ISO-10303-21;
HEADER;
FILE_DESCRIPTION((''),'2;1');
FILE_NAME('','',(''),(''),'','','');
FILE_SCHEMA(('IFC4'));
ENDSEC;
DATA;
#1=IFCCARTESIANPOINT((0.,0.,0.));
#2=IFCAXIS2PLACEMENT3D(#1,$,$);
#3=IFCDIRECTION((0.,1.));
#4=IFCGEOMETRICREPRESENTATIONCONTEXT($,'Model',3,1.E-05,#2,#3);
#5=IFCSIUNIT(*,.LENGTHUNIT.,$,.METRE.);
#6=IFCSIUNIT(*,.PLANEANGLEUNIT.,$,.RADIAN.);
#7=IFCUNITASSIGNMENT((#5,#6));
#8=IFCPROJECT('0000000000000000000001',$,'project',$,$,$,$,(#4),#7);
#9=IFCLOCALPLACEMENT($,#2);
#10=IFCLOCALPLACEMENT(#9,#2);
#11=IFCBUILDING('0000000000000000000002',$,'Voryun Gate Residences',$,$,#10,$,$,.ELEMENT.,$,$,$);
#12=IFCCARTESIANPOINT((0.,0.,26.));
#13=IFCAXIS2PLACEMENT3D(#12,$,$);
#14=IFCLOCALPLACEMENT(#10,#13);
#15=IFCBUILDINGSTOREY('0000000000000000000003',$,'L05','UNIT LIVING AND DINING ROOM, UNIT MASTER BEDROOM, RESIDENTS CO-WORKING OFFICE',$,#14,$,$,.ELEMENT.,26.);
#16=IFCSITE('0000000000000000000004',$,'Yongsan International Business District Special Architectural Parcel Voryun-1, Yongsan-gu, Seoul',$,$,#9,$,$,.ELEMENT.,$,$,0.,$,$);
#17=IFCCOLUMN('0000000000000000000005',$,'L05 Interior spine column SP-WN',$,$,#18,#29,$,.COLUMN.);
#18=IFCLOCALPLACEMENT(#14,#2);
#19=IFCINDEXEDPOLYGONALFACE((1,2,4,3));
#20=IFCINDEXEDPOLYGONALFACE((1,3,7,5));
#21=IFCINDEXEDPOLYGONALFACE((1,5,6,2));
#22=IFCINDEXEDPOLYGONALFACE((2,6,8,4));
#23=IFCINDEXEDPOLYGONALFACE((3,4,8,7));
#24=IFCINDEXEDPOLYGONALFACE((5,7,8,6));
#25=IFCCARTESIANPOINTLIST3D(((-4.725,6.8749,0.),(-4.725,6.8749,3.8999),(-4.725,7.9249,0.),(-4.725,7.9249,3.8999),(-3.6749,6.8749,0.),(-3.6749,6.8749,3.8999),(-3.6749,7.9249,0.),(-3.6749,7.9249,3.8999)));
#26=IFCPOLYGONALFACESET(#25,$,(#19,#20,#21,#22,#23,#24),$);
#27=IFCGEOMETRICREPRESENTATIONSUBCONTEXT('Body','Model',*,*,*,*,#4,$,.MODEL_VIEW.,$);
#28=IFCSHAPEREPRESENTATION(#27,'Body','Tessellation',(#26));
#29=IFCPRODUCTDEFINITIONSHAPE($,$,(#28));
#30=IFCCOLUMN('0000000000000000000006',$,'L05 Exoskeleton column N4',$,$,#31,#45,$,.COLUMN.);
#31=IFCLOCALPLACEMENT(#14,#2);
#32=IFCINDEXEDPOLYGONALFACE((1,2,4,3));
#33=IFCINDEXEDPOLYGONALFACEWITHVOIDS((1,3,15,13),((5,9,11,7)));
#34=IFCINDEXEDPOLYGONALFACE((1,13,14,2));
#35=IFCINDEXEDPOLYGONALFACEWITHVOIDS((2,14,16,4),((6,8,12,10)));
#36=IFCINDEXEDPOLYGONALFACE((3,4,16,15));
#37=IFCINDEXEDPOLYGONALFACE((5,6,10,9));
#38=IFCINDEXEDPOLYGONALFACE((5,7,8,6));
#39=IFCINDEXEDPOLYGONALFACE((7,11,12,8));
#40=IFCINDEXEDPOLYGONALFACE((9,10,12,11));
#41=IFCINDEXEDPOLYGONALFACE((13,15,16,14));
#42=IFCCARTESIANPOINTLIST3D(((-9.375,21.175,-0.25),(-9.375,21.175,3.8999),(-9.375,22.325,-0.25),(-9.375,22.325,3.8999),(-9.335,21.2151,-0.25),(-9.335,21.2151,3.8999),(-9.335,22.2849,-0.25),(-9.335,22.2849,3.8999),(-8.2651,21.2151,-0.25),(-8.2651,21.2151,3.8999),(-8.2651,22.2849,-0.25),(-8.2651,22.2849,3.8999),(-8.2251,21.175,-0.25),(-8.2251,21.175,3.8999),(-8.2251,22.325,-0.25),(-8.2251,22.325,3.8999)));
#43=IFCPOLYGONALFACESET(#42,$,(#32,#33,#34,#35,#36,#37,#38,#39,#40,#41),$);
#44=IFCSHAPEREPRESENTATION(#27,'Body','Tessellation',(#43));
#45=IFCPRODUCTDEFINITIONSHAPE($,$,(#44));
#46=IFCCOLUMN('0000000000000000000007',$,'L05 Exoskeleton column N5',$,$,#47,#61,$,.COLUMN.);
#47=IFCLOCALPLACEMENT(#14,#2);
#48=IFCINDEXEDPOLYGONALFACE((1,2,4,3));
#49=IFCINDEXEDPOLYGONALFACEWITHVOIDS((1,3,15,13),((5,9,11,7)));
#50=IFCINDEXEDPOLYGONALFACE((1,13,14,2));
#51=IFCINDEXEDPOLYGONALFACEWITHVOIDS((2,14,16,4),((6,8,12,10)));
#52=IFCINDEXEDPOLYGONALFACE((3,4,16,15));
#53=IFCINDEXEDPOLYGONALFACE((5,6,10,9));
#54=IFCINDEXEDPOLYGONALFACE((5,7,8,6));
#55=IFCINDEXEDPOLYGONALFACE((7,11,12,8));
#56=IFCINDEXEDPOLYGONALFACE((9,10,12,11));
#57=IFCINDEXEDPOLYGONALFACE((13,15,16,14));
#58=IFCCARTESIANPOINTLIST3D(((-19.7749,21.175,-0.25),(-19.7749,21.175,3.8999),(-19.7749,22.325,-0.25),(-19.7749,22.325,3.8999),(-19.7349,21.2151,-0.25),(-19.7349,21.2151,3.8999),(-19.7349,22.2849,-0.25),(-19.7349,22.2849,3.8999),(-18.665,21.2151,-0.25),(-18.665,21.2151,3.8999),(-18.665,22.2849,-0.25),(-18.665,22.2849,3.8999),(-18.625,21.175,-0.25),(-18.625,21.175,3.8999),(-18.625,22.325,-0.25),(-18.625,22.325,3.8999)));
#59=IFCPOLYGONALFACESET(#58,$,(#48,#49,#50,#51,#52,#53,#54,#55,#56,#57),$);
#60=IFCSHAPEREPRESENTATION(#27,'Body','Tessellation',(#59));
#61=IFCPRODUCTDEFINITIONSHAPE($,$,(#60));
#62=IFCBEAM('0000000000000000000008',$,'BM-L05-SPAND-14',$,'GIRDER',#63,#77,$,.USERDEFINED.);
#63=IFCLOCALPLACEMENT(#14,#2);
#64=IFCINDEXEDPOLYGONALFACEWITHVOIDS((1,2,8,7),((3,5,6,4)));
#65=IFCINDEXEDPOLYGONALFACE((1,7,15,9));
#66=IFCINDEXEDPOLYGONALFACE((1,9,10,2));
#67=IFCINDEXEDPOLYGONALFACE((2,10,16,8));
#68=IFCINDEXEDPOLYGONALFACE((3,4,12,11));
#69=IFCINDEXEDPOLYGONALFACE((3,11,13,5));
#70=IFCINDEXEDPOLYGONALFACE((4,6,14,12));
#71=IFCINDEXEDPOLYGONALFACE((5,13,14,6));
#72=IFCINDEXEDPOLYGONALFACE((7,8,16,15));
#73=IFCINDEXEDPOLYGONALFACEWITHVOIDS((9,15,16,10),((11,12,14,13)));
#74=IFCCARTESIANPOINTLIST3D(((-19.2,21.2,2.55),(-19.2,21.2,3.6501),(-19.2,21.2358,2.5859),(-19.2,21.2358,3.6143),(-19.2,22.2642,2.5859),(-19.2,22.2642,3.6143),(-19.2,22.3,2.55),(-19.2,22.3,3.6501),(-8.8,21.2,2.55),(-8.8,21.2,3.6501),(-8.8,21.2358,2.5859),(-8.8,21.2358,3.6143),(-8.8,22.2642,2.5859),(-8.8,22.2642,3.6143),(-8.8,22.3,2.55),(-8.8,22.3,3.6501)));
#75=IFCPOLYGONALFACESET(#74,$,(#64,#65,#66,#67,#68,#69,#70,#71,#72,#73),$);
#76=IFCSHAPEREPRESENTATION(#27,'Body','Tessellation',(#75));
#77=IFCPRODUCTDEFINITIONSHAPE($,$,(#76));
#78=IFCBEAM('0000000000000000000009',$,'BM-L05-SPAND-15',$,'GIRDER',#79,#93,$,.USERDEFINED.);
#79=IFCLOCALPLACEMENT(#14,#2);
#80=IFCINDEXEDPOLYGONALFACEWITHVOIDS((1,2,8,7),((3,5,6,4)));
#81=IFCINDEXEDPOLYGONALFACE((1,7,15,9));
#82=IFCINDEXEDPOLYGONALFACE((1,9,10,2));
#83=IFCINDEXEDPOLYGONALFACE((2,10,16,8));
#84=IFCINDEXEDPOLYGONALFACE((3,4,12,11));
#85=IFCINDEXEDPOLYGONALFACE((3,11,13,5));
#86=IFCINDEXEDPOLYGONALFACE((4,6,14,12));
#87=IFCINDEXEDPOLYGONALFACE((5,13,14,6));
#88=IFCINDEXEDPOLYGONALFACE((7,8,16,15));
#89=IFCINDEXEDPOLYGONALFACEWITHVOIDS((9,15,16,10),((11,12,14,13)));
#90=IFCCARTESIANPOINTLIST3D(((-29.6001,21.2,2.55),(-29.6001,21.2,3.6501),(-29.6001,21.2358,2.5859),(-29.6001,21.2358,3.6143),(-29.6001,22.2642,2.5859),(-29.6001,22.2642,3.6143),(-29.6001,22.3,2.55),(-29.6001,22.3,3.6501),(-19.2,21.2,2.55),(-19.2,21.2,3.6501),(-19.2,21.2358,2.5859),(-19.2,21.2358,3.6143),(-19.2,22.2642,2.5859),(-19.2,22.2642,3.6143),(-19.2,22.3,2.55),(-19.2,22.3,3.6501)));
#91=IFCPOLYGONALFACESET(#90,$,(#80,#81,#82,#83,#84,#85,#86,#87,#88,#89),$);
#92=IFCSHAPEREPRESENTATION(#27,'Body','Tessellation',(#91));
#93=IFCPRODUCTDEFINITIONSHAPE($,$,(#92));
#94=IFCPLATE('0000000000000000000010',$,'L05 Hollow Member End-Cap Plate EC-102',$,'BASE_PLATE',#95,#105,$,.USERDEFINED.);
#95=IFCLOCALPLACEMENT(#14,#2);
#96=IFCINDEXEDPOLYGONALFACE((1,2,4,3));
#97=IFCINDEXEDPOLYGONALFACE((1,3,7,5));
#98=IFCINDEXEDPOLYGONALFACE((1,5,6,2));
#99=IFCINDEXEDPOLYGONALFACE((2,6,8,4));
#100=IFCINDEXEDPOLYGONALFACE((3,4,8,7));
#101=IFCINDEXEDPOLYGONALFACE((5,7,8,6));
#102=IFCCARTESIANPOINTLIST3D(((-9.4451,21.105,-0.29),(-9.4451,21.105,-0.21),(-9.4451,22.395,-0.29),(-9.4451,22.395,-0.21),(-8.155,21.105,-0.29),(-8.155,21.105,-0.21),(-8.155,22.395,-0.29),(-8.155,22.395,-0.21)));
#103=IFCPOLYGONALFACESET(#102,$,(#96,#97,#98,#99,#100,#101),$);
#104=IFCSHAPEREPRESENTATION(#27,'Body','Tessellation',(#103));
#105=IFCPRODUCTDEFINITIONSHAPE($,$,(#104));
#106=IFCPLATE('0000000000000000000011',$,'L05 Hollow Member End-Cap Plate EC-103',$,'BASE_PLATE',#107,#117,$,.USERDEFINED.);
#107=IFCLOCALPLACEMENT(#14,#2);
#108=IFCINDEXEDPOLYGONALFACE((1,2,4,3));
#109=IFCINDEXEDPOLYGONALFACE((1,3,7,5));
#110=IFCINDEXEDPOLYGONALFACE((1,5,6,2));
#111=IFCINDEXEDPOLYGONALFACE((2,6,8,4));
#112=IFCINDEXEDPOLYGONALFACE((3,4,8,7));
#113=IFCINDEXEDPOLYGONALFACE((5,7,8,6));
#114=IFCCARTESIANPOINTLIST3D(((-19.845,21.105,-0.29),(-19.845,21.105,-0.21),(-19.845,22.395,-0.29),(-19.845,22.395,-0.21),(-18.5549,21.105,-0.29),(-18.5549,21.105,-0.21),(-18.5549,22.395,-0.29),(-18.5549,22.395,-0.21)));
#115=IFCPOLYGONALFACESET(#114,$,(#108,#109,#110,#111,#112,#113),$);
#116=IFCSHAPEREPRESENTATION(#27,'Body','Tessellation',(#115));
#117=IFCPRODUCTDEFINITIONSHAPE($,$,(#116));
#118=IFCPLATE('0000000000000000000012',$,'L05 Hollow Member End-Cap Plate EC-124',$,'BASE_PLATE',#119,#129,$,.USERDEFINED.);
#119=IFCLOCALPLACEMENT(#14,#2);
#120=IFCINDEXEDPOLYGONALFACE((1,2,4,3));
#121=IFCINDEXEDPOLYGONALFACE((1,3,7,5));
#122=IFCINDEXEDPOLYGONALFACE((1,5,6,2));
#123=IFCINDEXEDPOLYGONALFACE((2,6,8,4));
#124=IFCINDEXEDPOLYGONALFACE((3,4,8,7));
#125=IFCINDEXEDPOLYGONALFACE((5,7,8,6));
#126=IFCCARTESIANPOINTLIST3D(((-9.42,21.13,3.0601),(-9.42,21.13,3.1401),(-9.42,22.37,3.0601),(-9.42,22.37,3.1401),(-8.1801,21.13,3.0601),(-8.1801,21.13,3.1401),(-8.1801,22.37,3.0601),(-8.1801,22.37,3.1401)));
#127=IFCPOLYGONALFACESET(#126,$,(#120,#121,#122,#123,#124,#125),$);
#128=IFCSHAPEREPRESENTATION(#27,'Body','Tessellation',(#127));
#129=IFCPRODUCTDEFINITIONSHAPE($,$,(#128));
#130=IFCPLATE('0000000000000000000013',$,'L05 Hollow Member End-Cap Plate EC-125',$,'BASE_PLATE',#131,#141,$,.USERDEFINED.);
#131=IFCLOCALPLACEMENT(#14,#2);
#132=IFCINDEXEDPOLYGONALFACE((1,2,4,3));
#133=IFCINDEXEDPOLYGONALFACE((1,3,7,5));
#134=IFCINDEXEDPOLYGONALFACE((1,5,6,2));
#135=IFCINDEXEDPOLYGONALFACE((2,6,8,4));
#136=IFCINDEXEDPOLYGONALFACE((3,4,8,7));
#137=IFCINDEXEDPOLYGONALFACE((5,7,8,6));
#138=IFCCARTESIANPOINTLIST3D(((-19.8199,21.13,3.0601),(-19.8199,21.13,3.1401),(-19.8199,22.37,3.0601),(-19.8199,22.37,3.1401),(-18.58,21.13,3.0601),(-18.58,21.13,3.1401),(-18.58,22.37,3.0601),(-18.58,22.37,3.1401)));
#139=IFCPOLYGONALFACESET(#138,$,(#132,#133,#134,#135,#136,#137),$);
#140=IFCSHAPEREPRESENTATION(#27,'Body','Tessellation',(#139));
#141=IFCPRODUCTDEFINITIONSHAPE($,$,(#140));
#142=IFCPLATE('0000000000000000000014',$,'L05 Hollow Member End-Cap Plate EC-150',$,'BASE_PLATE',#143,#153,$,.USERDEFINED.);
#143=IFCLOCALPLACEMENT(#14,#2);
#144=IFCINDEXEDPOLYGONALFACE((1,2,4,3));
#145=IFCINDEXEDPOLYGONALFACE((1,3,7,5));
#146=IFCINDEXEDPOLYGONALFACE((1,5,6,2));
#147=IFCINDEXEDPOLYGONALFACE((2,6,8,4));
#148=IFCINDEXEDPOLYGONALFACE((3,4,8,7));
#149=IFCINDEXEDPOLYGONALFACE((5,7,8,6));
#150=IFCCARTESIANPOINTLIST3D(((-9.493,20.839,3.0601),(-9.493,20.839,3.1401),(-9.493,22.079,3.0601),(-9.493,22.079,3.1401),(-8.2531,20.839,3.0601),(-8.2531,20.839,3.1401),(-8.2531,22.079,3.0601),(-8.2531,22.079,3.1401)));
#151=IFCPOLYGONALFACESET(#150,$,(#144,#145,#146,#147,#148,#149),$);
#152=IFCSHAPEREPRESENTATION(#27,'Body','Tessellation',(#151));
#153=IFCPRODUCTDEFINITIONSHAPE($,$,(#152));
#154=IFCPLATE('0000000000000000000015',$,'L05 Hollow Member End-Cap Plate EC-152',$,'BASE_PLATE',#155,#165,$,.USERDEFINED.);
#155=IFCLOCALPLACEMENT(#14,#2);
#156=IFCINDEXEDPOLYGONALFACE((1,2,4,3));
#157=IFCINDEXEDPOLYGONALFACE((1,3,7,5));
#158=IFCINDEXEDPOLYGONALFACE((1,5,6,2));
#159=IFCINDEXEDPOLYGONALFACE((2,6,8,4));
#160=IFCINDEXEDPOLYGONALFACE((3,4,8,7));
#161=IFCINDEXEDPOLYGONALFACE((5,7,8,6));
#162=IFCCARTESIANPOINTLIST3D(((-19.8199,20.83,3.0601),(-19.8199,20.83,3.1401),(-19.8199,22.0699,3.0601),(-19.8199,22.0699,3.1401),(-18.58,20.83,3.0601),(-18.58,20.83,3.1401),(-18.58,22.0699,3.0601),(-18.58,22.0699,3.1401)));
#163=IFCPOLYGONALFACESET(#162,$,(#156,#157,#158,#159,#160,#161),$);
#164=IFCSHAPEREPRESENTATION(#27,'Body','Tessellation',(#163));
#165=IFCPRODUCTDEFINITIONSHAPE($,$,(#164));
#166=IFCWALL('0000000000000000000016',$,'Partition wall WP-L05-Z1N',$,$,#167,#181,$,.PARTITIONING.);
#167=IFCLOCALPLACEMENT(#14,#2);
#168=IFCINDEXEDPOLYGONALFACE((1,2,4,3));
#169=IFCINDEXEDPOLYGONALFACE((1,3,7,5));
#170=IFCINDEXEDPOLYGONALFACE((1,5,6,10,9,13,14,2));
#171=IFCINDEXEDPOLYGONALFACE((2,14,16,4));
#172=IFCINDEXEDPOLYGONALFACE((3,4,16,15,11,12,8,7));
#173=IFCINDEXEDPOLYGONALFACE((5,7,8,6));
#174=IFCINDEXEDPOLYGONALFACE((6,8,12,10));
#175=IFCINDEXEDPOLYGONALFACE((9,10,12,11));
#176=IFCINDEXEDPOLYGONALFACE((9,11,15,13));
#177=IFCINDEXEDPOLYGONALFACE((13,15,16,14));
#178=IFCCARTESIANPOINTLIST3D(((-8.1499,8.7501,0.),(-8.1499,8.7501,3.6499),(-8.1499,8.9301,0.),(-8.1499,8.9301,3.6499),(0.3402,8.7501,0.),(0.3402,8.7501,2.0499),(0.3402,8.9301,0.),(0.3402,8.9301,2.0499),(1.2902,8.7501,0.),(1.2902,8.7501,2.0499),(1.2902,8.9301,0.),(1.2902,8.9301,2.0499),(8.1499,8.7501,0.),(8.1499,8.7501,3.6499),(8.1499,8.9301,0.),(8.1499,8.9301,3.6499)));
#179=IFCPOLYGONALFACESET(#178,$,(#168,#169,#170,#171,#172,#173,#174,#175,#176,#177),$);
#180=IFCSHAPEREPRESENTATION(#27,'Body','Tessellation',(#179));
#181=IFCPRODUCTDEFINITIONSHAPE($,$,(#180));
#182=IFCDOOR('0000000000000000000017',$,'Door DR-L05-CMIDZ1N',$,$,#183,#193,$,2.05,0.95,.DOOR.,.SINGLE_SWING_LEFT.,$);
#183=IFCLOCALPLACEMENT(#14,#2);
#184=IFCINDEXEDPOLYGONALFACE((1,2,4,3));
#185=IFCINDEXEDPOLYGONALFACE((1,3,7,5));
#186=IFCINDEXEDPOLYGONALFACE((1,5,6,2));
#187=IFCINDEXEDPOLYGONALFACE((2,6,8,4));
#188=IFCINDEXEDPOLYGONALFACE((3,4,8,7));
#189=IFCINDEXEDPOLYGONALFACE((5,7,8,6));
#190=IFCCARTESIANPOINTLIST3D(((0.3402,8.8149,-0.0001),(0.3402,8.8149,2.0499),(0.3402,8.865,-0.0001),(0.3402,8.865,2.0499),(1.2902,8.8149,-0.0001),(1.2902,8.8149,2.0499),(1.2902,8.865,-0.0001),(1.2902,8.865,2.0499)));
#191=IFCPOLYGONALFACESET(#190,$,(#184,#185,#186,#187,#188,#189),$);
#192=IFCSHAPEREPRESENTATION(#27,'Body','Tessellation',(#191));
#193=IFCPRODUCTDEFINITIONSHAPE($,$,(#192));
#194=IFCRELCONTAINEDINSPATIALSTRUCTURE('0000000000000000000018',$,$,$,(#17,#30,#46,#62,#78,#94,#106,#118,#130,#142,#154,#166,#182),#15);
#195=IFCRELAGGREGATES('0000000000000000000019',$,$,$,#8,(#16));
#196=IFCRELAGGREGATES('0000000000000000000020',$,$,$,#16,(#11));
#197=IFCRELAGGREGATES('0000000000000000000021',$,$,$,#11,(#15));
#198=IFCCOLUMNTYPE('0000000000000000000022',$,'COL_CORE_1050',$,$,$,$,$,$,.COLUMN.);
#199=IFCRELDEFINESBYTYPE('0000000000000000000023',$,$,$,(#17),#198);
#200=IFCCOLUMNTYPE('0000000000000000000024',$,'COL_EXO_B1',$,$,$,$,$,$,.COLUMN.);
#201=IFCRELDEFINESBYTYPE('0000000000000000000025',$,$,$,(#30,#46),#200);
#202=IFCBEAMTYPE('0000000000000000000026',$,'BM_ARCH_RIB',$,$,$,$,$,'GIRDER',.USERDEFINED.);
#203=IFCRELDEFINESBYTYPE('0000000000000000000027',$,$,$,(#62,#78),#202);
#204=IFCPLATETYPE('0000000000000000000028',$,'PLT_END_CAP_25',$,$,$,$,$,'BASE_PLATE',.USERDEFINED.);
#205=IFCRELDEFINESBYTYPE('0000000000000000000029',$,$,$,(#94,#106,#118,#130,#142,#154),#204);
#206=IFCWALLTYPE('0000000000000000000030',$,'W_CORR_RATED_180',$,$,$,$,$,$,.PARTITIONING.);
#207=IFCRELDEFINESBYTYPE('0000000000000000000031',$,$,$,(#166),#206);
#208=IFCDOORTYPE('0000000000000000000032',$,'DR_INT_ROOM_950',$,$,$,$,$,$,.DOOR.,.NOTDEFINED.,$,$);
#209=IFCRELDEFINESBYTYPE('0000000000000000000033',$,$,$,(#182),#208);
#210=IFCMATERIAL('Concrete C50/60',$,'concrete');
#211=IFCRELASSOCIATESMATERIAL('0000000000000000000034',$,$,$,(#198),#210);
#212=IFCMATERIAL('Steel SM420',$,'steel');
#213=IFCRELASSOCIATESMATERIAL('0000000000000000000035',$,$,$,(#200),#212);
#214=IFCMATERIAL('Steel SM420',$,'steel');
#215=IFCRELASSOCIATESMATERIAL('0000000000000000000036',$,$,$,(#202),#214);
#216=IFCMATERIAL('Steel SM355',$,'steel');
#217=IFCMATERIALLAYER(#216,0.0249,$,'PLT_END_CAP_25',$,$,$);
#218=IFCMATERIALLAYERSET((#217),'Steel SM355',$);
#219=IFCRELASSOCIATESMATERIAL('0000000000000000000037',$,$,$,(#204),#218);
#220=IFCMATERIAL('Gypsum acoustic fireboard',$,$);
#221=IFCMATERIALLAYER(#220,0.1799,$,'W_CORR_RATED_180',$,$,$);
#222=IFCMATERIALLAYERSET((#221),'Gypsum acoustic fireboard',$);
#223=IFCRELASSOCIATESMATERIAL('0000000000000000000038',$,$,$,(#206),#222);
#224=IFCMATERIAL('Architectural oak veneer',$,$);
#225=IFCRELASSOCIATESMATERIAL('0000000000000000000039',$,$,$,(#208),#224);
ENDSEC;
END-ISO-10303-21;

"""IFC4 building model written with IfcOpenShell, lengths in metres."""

from ifc_helpers import new_model, si_unit, direction, frame, frame_2d, origin, origin_2d, place, context, subcontext, project, spatial, rectangle, hollow_rectangle, extrude, material, layer, layer_set, material_profile, profile_set, type_object, element, fill, save


model = new_model("IFC4")

# Units and contexts
model_context = context("Model", 3, precision=1e-05, world=origin(), true_north=direction((0.0, 1.0)))
body_context = subcontext(model_context, "Body", "Model", "MODEL_VIEW")
ifc_project = project(units=[si_unit("LENGTHUNIT", "METRE"), si_unit("PLANEANGLEUNIT", "RADIAN")], contexts=[model_context])

# Site, building, storey
site_placement = place(None, origin())
site = spatial("IfcSite", under=ifc_project, at=site_placement, Name="Yongsan International Business District Special Architectural Parcel Voryun-1, Yongsan-gu, Seoul", CompositionType="ELEMENT", RefElevation=0.0)
building_placement = place(site_placement, origin())
building = spatial("IfcBuilding", under=site, at=building_placement, Name="Voryun Gate Residences", CompositionType="ELEMENT")
storey_placement = place(building_placement, frame((0.0, 0.0, 26.0)))
storey = spatial("IfcBuildingStorey", under=building, at=storey_placement, Name="L05", Description="UNIT LIVING AND DINING ROOM, UNIT MASTER BEDROOM, RESIDENTS CO-WORKING OFFICE", CompositionType="ELEMENT", Elevation=26.0)

# Columns
ifc_material_1 = material(Name="Concrete C50/60", Category="concrete")
ifc_material_profile_1 = material_profile(ifc_material_1, rectangle(XDim=1.05, YDim=1.05, at=origin_2d()), Name="RC-1050x1050")
ifc_profile_set_1 = profile_set([ifc_material_profile_1], Name="Concrete C50/60")
column_type_1 = type_object("IfcColumnType", Name="COL_CORE_1050", PredefinedType="COLUMN", material=ifc_profile_set_1)
column_placement = place(storey_placement, frame((-4.2, 7.3999, 0.0), z_axis=(0.0, 0.0, 1.0), x_axis=(1.0, 0.0, 0.0)))
element("IfcColumn", 1, at=column_placement, inside=storey, type_object=column_type_1, Name="L05 Interior spine column SP-WN", PredefinedType="COLUMN", context=body_context, shape_type="SweptSolid", body=[
    extrude(rectangle(XDim=1.05, YDim=1.05, at=origin_2d()), origin(), (0.0, 0.0, 1.0), 3.8999),
])
ifc_material_2 = material(Name="Steel SM420", Category="steel")
ifc_material_profile_2 = material_profile(ifc_material_2, hollow_rectangle(XDim=1.1499, YDim=1.1499, WallThickness=0.04, at=origin_2d()), Name="BOX-1150x1150x40")
ifc_profile_set_2 = profile_set([ifc_material_profile_2], Name="Steel SM420")
column_type_2 = type_object("IfcColumnType", Name="COL_EXO_B1", PredefinedType="COLUMN", material=ifc_profile_set_2)
for number, where, z_axis, x_axis, name in (
    (2, (-8.8, 21.75, -0.25), (0.0, 0.0, 1.0), (1.0, 0.0, 0.0), "L05 Exoskeleton column N4"),
    (3, (-19.2, 21.75, -0.25), (0.0, 0.0, 1.0), (1.0, 0.0, 0.0), "L05 Exoskeleton column N5"),
):
    element("IfcColumn", number, at=place(storey_placement, frame(where, z_axis=z_axis, x_axis=x_axis)), inside=storey, type_object=column_type_2, Name=name, PredefinedType="COLUMN", context=body_context, shape_type="SweptSolid", body=[
        extrude(hollow_rectangle(XDim=1.1499, YDim=1.1499, WallThickness=0.04, at=origin_2d()), origin(), (0.0, 0.0, 1.0), 4.1499),
    ])

# Beams
ifc_material_3 = material(Name="Steel SM420", Category="steel")
ifc_material_profile_3 = material_profile(ifc_material_3, hollow_rectangle(XDim=1.1001, YDim=1.1001, WallThickness=0.0359, at=origin_2d()), Name="BOX-1100x1100x36")
ifc_profile_set_3 = profile_set([ifc_material_profile_3], Name="Steel SM420")
beam_type = type_object("IfcBeamType", Name="BM_ARCH_RIB", ElementType="GIRDER", PredefinedType="USERDEFINED", material=ifc_profile_set_3)
beam_1_placement = place(storey_placement, frame((-8.8, 21.75, 3.1001), z_axis=(-1.0, 0.0, 0.0), x_axis=(0.0, -1.0, 0.0)))
element("IfcBeam", 4, at=beam_1_placement, inside=storey, type_object=beam_type, Name="BM-L05-SPAND-14", ObjectType="GIRDER", PredefinedType="USERDEFINED", context=body_context, shape_type="SweptSolid", body=[
    extrude(hollow_rectangle(XDim=1.1001, YDim=1.1001, WallThickness=0.0359, at=origin_2d()), origin(), (0.0, 0.0, 1.0), 10.3999),
])
beam_2_placement = place(storey_placement, frame((-19.2, 21.75, 3.1001), z_axis=(-1.0, 0.0, 0.0), x_axis=(0.0, -1.0, 0.0)))
element("IfcBeam", 5, at=beam_2_placement, inside=storey, type_object=beam_type, Name="BM-L05-SPAND-15", ObjectType="GIRDER", PredefinedType="USERDEFINED", context=body_context, shape_type="SweptSolid", body=[
    extrude(hollow_rectangle(XDim=1.1001, YDim=1.1001, WallThickness=0.0359, at=origin_2d()), origin(), (0.0, 0.0, 1.0), 10.4001),
])

# Plates
ifc_material_4 = material(Name="Steel SM355", Category="steel")
ifc_layer_1 = layer(ifc_material_4, 0.0249, Name="PLT_END_CAP_25")
ifc_layer_set_1 = layer_set([ifc_layer_1], Name="Steel SM355")
plate_type = type_object("IfcPlateType", Name="PLT_END_CAP_25", ElementType="BASE_PLATE", PredefinedType="USERDEFINED", material=ifc_layer_set_1)
for number, where, z_axis, x_axis, name in (
    (6, (-8.8, 21.75, -0.29), (0.0, 0.0, 1.0), (1.0, 0.0, 0.0), "L05 Hollow Member End-Cap Plate EC-102"),
    (7, (-19.2, 21.75, -0.29), (0.0, 0.0, 1.0), (1.0, 0.0, 0.0), "L05 Hollow Member End-Cap Plate EC-103"),
):
    element("IfcPlate", number, at=place(storey_placement, frame(where, z_axis=z_axis, x_axis=x_axis)), inside=storey, type_object=plate_type, Name=name, ObjectType="BASE_PLATE", PredefinedType="USERDEFINED", context=body_context, shape_type="SweptSolid", body=[
        extrude(rectangle(XDim=1.29, YDim=1.29, at=origin_2d()), origin(), (0.0, 0.0, 1.0), 0.0801),
    ])
for number, where, z_axis, x_axis, name in (
    (8, (-8.8, 21.75, 3.0601), (0.0, 0.0, 1.0), (1.0, 0.0, 0.0), "L05 Hollow Member End-Cap Plate EC-124"),
    (9, (-19.2, 21.75, 3.0601), (0.0, 0.0, 1.0), (1.0, 0.0, 0.0), "L05 Hollow Member End-Cap Plate EC-125"),
    (10, (-8.873, 21.459, 3.0601), (0.0, 0.0, 1.0), (1.0, 0.0, 0.0), "L05 Hollow Member End-Cap Plate EC-150"),
    (11, (-19.2, 21.45, 3.0601), (0.0, 0.0, 1.0), (1.0, 0.0, 0.0), "L05 Hollow Member End-Cap Plate EC-152"),
):
    element("IfcPlate", number, at=place(storey_placement, frame(where, z_axis=z_axis, x_axis=x_axis)), inside=storey, type_object=plate_type, Name=name, ObjectType="BASE_PLATE", PredefinedType="USERDEFINED", context=body_context, shape_type="SweptSolid", body=[
        extrude(rectangle(XDim=1.24, YDim=1.24, at=origin_2d()), origin(), (0.0, 0.0, 1.0), 0.0801),
    ])

# Wall, opening, door
ifc_material_5 = material(Name="Gypsum acoustic fireboard")
ifc_layer_2 = layer(ifc_material_5, 0.1799, Name="W_CORR_RATED_180")
ifc_layer_set_2 = layer_set([ifc_layer_2], Name="Gypsum acoustic fireboard")
wall_type_1 = type_object("IfcWallType", Name="W_CORR_RATED_180", PredefinedType="PARTITIONING", material=ifc_layer_set_2)
wall_1_placement = place(storey_placement, frame((-8.1499, 8.8401, 0.0), z_axis=(0.0, 0.0, 1.0), x_axis=(1.0, 0.0, 0.0)))
wall_1 = element("IfcWall", 12, at=wall_1_placement, inside=storey, type_object=wall_type_1, Name="Partition wall WP-L05-Z1N", PredefinedType="PARTITIONING", context=body_context, shape_type="SweptSolid", body=[
    extrude(rectangle(XDim=16.2998, YDim=0.1799, at=frame_2d((8.1499, 0.0))), origin(), (0.0, 0.0, 1.0), 3.6499),
])
opening_1_placement = place(wall_1_placement, frame((8.49, 0.0, 0.0)))
opening_1 = element("IfcOpeningElement", 13, at=opening_1_placement, cuts=wall_1, PredefinedType="OPENING", context=body_context, shape_type="SweptSolid", body=[
    extrude(rectangle(XDim=0.95, YDim=2.05, at=frame_2d((0.4751, 1.0249))), frame((0.0, 0.0999, 0.0), z_axis=(0.0, -1.0, 0.0), x_axis=(1.0, 0.0, 0.0)), (0.0, 0.0, 1.0), 0.2),
])
ifc_material_6 = material(Name="Architectural oak veneer")
door_type_1 = type_object("IfcDoorType", Name="DR_INT_ROOM_950", OperationType="NOTDEFINED", PredefinedType="DOOR", material=ifc_material_6)
door_1_placement = place(opening_1_placement, origin())
door_1 = element("IfcDoor", 14, at=door_1_placement, inside=storey, type_object=door_type_1, Name="Door DR-L05-CMIDZ1N", OperationType="SINGLE_SWING_LEFT", OverallHeight=2.05, OverallWidth=0.95, PredefinedType="DOOR", context=body_context, shape_type="SweptSolid", body=[
    extrude(rectangle(XDim=0.95, YDim=2.05, at=frame_2d((0.4751, 1.0249))), frame((0.0, 0.0249, 0.0), z_axis=(0.0, -1.0, 0.0), x_axis=(1.0, 0.0, 0.0)), (0.0, 0.0, 1.0), 0.05),
])
fill(opening_1, door_1)

save(model, "model.ifc")
